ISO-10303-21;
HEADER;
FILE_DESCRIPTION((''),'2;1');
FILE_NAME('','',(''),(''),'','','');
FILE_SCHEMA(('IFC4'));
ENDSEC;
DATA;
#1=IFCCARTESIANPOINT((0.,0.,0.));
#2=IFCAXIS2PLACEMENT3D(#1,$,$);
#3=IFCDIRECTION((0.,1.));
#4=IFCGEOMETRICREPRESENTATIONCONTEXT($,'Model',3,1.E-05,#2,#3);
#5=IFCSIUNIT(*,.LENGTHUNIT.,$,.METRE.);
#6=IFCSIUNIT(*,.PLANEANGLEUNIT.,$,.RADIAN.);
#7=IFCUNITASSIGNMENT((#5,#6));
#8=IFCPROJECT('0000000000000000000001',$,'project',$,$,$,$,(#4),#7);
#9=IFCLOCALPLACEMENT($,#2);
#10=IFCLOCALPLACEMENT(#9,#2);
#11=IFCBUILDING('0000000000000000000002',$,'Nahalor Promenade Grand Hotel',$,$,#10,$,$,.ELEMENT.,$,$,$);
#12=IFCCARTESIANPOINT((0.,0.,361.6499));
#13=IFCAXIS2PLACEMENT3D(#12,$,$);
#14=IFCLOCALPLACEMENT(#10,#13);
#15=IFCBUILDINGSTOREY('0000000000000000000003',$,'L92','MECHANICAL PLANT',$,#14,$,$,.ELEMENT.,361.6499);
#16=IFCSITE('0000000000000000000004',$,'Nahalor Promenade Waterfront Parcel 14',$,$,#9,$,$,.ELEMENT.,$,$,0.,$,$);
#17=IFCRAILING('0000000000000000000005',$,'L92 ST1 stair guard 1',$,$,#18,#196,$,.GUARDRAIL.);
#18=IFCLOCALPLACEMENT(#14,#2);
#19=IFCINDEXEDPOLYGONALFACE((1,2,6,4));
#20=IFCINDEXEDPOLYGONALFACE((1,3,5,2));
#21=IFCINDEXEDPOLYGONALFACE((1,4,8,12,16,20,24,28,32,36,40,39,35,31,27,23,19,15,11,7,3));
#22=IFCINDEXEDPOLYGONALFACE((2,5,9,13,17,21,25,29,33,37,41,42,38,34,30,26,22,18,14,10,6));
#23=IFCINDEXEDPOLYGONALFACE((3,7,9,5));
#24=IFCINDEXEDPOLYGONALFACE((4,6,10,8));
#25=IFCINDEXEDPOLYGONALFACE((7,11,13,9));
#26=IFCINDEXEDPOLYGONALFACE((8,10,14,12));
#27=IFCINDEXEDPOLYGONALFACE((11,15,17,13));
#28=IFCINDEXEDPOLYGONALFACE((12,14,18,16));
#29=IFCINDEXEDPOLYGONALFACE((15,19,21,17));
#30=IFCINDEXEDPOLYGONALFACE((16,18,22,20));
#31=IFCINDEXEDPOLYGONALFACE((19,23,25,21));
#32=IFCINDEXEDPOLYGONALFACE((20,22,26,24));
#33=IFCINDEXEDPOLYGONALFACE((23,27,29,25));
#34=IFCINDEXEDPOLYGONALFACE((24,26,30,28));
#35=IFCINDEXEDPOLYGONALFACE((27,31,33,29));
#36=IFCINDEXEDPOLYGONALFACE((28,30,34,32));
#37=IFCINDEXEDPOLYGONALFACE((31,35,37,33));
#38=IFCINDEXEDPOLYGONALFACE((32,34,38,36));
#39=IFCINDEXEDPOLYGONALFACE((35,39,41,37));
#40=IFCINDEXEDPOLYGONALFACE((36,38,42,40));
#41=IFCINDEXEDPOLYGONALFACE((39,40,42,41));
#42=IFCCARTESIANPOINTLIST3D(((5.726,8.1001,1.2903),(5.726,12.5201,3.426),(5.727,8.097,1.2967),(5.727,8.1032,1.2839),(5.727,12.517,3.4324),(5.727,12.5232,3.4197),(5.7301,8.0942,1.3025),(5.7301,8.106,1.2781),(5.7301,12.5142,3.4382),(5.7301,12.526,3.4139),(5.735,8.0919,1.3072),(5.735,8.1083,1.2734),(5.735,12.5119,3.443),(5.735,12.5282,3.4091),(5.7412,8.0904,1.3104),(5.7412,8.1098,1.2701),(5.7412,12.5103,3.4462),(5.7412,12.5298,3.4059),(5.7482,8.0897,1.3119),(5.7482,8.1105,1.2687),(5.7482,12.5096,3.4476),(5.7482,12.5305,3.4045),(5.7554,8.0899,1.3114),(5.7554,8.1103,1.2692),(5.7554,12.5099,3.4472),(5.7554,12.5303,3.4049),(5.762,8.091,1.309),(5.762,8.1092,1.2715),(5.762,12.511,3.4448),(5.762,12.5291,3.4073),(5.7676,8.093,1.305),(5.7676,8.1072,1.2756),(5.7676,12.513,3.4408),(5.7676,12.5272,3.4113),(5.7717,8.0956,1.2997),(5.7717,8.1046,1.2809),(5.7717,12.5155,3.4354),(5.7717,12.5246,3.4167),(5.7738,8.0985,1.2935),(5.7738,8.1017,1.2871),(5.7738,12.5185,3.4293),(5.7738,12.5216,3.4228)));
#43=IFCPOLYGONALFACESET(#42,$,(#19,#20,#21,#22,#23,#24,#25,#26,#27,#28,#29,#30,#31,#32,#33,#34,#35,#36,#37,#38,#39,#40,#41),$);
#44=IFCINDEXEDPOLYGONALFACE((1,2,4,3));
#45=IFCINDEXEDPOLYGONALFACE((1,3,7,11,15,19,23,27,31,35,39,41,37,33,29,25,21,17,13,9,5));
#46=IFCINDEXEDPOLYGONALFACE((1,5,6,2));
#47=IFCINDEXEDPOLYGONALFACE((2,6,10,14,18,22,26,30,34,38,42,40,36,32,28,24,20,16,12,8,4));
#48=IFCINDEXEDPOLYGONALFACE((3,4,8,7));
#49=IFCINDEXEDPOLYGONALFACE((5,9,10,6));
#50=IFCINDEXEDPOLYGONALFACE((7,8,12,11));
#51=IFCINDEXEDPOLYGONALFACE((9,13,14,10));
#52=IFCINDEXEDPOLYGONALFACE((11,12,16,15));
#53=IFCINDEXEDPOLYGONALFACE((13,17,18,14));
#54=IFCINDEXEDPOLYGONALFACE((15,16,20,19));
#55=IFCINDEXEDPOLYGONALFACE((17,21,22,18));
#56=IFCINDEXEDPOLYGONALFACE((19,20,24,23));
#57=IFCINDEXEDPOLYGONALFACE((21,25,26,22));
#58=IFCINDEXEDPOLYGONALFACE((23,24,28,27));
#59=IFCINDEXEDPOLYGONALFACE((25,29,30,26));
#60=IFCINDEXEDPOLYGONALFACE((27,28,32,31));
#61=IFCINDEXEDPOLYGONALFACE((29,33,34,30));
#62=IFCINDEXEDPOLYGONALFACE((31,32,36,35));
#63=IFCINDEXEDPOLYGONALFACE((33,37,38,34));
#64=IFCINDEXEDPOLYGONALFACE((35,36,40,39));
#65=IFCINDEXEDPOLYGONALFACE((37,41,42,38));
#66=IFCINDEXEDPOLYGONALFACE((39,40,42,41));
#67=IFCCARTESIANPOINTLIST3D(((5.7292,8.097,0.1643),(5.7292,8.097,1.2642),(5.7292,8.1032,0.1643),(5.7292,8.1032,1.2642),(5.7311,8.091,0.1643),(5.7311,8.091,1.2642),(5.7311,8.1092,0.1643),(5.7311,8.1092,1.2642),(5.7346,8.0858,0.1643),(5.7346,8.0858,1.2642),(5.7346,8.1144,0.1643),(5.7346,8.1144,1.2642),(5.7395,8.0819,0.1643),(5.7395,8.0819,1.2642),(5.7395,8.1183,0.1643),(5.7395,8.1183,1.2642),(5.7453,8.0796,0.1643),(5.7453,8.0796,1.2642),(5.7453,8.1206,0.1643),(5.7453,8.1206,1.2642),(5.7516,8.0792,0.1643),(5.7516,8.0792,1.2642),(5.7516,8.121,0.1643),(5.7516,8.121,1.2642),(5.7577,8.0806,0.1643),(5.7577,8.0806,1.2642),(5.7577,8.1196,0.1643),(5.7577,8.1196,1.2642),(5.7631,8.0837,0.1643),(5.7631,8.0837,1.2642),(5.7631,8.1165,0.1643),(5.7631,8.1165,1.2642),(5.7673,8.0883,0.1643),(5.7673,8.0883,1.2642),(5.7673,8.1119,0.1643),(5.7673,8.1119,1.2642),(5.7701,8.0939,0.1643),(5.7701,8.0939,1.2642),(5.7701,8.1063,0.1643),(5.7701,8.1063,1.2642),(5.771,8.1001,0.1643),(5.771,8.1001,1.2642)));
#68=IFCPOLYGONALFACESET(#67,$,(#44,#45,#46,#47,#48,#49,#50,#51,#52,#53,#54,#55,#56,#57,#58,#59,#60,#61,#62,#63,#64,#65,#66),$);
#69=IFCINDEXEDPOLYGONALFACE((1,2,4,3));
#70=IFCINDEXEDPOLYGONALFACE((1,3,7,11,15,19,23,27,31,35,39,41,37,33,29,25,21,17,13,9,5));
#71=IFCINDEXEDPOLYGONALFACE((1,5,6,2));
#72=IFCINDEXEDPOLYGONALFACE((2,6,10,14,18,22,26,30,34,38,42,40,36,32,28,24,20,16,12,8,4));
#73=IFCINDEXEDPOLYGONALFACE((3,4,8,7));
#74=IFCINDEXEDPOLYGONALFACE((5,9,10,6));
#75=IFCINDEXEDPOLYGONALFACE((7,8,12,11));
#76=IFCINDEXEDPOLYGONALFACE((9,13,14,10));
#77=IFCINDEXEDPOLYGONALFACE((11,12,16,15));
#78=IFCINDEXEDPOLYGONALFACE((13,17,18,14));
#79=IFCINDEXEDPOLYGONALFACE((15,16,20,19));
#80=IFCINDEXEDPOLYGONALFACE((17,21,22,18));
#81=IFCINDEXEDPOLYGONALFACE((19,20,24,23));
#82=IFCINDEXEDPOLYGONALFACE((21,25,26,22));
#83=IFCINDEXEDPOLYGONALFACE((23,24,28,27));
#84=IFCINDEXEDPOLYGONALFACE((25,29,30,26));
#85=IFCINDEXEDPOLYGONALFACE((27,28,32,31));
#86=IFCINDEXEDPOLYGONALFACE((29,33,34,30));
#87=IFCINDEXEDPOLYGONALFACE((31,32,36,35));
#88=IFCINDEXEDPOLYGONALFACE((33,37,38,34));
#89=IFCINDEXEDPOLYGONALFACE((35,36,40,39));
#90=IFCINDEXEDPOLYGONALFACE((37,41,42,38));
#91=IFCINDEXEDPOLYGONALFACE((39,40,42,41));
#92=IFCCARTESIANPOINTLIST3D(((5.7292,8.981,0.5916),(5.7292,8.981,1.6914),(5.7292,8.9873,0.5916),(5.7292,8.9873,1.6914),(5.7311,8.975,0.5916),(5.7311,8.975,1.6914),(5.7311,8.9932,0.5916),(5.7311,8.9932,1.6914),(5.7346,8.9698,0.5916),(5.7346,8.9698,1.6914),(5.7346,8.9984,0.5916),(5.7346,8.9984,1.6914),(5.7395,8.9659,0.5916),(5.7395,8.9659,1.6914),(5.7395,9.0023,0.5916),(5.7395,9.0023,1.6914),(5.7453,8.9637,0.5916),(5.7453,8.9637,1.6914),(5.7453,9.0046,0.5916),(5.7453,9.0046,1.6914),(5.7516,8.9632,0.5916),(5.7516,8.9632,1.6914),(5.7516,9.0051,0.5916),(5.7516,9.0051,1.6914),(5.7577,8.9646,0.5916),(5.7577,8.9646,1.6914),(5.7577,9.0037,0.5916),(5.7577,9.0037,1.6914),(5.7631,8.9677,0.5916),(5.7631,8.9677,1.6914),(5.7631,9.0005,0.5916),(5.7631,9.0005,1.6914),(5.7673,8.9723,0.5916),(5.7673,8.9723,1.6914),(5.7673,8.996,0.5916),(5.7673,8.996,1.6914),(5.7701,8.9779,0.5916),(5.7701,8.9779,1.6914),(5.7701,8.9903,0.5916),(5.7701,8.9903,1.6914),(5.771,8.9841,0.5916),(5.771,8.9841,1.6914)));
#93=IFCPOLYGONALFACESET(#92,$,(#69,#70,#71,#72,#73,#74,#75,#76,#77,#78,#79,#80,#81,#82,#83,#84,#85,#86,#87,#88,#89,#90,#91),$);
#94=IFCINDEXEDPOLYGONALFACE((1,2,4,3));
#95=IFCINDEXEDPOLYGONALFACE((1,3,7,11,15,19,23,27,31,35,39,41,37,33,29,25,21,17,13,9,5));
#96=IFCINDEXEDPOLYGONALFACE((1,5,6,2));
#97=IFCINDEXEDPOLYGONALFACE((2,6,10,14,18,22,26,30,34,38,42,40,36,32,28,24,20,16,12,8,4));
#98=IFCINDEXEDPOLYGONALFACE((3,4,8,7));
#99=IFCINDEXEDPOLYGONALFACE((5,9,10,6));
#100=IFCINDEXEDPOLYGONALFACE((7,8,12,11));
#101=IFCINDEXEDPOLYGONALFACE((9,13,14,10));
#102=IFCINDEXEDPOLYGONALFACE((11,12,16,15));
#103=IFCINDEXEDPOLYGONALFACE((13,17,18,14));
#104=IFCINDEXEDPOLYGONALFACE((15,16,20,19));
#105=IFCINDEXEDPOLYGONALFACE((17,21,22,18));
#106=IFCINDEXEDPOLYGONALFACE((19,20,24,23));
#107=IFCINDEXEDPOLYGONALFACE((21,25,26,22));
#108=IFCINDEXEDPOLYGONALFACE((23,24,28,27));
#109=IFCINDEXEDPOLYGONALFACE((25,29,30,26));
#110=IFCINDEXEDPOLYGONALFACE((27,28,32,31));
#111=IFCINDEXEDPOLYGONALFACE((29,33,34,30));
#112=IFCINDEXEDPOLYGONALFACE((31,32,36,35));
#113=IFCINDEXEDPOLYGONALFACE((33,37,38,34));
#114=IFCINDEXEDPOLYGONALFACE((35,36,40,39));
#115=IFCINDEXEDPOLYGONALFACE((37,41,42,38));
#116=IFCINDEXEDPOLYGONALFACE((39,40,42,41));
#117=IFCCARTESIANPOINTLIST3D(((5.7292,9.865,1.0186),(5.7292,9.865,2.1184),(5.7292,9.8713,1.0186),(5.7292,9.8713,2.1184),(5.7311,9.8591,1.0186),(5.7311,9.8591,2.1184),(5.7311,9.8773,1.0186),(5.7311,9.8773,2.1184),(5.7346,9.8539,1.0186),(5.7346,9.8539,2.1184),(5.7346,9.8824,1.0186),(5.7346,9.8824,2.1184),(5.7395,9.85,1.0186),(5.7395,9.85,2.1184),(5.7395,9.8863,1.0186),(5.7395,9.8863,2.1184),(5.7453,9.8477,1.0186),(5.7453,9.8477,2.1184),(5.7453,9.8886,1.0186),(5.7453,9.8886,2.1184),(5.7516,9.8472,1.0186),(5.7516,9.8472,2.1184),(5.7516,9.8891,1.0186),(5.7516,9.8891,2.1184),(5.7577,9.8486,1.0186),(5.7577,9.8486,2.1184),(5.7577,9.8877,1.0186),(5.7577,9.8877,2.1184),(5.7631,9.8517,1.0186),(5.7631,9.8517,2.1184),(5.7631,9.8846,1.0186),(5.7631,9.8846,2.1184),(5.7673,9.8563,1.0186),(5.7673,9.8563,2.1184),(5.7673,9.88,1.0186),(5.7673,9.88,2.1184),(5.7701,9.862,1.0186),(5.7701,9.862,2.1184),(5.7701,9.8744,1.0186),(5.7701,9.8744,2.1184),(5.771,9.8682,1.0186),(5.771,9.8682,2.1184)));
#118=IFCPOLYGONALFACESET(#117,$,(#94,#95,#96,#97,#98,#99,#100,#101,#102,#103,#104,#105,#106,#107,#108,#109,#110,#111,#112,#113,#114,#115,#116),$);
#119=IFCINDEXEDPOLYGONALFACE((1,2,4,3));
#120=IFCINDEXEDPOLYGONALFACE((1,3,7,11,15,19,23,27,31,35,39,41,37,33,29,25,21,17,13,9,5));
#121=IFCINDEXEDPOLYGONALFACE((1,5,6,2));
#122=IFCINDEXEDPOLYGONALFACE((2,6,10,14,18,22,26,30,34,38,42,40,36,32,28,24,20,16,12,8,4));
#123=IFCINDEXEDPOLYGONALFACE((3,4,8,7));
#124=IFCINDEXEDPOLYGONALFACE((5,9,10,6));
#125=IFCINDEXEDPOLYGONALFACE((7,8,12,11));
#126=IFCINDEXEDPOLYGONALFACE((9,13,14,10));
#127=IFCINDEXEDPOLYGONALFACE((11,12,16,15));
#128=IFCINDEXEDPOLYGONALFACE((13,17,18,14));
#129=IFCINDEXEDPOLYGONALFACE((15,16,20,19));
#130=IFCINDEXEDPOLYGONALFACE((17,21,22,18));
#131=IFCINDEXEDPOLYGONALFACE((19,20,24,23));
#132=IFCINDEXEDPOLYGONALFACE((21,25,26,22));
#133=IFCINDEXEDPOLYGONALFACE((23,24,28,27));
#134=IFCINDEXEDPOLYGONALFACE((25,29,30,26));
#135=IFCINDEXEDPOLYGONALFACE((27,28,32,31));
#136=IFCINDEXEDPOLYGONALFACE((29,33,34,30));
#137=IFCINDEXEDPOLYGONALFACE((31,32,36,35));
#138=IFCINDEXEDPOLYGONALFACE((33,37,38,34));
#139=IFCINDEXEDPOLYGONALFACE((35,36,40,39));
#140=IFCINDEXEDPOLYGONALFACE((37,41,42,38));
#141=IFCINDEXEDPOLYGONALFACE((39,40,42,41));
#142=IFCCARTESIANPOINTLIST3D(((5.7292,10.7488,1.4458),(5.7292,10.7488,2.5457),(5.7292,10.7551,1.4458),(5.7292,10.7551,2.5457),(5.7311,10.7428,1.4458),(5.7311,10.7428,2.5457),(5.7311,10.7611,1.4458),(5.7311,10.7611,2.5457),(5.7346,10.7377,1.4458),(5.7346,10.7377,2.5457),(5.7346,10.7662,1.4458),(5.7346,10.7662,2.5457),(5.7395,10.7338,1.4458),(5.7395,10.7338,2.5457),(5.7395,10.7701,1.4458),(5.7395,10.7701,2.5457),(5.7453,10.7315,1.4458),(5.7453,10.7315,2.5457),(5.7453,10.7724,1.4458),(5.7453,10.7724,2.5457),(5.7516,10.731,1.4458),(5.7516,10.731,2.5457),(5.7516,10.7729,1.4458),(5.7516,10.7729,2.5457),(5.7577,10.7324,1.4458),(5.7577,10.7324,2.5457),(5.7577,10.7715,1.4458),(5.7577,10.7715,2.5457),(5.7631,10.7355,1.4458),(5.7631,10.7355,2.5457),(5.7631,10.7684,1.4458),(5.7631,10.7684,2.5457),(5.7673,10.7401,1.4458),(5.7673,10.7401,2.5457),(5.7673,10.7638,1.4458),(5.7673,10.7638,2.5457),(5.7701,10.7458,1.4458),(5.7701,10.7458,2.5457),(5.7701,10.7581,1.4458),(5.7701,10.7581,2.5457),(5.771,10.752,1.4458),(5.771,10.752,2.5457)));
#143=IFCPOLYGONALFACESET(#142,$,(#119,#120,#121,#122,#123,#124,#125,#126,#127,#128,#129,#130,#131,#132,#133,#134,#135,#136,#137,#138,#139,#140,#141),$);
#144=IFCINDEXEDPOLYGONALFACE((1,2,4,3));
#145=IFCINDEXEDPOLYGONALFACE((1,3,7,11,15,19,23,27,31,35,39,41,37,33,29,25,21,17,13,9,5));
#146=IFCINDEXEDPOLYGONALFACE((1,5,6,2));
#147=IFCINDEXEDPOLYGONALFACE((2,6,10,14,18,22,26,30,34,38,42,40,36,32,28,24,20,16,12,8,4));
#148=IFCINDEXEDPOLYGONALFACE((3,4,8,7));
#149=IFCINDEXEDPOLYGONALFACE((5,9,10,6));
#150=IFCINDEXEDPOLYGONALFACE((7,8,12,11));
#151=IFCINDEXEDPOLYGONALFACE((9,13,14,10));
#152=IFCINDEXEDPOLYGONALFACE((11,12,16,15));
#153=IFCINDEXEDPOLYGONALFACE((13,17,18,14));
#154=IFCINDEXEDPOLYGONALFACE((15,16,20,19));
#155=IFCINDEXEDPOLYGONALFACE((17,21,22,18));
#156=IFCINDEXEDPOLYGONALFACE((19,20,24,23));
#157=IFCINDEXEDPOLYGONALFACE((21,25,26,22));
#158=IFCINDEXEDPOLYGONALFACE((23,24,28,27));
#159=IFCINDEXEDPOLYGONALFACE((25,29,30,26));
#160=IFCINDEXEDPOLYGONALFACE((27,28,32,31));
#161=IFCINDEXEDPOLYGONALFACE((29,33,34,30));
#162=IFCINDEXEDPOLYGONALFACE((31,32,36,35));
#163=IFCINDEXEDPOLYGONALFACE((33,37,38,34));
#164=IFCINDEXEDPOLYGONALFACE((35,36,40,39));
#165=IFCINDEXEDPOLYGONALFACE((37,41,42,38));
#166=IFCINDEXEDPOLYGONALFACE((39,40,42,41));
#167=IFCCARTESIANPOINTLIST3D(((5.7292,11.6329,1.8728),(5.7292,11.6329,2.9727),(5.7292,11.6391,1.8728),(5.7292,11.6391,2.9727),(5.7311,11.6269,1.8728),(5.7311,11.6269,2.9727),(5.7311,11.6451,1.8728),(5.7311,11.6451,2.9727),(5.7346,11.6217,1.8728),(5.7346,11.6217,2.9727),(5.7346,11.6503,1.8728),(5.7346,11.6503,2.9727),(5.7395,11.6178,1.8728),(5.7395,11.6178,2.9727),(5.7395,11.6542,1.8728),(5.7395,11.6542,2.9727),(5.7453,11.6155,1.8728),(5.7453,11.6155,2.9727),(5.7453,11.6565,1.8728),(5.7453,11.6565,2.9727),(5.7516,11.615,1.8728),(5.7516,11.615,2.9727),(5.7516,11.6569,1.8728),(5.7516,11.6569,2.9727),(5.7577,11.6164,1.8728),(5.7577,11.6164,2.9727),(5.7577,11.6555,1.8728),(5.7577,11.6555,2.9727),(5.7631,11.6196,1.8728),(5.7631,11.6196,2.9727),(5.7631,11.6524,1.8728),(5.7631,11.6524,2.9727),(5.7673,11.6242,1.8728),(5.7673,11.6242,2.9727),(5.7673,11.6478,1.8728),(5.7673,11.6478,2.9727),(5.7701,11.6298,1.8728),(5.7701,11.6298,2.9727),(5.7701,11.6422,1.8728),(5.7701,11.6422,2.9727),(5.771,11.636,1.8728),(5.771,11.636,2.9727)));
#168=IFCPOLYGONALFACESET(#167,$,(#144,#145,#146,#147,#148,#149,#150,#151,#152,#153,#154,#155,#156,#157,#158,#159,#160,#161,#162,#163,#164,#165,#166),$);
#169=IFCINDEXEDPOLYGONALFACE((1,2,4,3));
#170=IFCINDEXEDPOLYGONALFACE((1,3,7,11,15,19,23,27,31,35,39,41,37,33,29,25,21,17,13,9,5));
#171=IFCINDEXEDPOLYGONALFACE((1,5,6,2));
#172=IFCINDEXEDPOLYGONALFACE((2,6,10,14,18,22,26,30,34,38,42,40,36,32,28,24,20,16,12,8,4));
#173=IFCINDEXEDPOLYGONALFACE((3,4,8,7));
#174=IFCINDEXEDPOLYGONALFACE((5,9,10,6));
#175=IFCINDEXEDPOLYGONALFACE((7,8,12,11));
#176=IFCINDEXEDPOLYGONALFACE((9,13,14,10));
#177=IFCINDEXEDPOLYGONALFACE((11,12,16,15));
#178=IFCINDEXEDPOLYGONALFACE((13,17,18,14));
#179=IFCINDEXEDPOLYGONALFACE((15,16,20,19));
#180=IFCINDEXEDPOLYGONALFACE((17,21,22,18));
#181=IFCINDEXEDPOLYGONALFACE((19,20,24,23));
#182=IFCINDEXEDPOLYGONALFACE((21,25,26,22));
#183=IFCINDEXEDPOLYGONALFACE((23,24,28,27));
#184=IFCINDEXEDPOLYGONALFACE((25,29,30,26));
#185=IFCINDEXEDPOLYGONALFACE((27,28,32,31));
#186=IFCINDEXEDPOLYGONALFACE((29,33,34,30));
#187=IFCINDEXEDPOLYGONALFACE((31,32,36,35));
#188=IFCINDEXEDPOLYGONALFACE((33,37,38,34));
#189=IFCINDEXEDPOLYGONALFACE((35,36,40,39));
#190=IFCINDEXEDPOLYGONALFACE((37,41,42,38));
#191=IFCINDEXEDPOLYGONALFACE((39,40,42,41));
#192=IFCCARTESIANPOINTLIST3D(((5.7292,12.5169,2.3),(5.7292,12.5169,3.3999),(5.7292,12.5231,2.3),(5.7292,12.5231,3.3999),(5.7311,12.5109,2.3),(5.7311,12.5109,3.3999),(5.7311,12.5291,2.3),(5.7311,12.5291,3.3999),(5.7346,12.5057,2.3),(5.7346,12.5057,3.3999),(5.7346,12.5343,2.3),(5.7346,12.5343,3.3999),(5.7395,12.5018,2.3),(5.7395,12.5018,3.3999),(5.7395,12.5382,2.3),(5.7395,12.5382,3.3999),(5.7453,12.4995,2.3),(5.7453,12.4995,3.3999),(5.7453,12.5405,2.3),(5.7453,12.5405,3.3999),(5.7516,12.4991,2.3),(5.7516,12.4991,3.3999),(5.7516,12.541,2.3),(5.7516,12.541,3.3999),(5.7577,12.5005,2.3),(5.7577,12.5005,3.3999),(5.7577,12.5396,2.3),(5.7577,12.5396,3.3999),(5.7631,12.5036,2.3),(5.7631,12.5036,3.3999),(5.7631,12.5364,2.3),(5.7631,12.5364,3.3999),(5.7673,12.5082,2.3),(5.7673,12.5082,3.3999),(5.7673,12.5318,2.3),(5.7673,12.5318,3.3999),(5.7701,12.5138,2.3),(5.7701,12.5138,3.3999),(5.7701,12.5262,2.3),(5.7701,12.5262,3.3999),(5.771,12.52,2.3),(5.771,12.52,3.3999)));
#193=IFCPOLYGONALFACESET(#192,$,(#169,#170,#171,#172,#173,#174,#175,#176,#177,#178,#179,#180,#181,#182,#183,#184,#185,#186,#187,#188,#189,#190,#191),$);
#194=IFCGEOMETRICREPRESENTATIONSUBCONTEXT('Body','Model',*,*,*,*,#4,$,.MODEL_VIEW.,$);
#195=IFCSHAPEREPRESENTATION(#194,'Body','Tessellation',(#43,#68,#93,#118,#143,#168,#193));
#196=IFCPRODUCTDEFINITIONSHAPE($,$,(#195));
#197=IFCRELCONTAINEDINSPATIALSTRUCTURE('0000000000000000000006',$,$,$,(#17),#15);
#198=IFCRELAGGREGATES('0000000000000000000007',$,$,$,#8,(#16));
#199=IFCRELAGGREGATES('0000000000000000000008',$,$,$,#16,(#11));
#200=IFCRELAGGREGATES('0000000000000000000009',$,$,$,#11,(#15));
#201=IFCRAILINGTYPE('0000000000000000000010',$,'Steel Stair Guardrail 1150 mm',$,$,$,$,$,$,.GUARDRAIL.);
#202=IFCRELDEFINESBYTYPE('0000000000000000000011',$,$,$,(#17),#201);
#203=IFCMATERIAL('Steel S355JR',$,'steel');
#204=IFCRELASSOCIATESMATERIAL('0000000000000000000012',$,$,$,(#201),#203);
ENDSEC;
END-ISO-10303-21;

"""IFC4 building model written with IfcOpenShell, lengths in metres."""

from ifc_helpers import new_model, si_unit, direction, frame, origin, origin_2d, place, context, subcontext, project, spatial, circle, extrude, material, type_object, element, save


model = new_model("IFC4")

# Units and contexts
model_context = context("Model", 3, precision=1e-05, world=origin(), true_north=direction((0.0, 1.0)))
body_context = subcontext(model_context, "Body", "Model", "MODEL_VIEW")
ifc_project = project(units=[si_unit("LENGTHUNIT", "METRE"), si_unit("PLANEANGLEUNIT", "RADIAN")], contexts=[model_context])

# Site, building, storey
site_placement = place(None, origin())
site = spatial("IfcSite", under=ifc_project, at=site_placement, Name="Nahalor Promenade Waterfront Parcel 14", CompositionType="ELEMENT", RefElevation=0.0)
building_placement = place(site_placement, origin())
building = spatial("IfcBuilding", under=site, at=building_placement, Name="Nahalor Promenade Grand Hotel", CompositionType="ELEMENT")
storey_placement = place(building_placement, frame((0.0, 0.0, 361.6499)))
storey = spatial("IfcBuildingStorey", under=building, at=storey_placement, Name="L92", Description="MECHANICAL PLANT", CompositionType="ELEMENT", Elevation=361.6499)

# Shared definitions
ifc_material_1 = material(Name="Steel S355JR", Category="steel")

# Railing
railing_type = type_object("IfcRailingType", Name="Steel Stair Guardrail 1150 mm", PredefinedType="GUARDRAIL", material=ifc_material_1)
railing_1_placement = place(storey_placement, frame((5.75, 8.1001, 0.1643)))
element("IfcRailing", 1, at=railing_1_placement, inside=storey, type_object=railing_type, Name="L92 ST1 stair guard 1", PredefinedType="GUARDRAIL", context=body_context, shape_type="SweptSolid", body=[
    extrude(circle(Radius=0.024, at=origin_2d()), frame((0.0, 0.0, 1.126), z_axis=(0.0, 0.900393, 0.435077), x_axis=(-1.0, 0.0, 0.0)), (0.0, 0.0, 1.0), 4.9089),
    extrude(circle(Radius=0.021, at=origin_2d()), origin(), (0.0, 0.0, 1.0), 1.0999),
    extrude(circle(Radius=0.021, at=origin_2d()), frame((0.0, 0.884, 0.4272)), (0.0, 0.0, 1.0), 1.0999),
    extrude(circle(Radius=0.021, at=origin_2d()), frame((0.0, 1.7681, 0.8542)), (0.0, 0.0, 1.0), 1.0999),
    extrude(circle(Radius=0.021, at=origin_2d()), frame((0.0, 2.6519, 1.2815)), (0.0, 0.0, 1.0), 1.0999),
    extrude(circle(Radius=0.021, at=origin_2d()), frame((0.0, 3.5359, 1.7085)), (0.0, 0.0, 1.0), 1.0999),
    extrude(circle(Radius=0.021, at=origin_2d()), frame((0.0, 4.4199, 2.1357)), (0.0, 0.0, 1.0), 1.0999),
])

save(model, "model.ifc")
